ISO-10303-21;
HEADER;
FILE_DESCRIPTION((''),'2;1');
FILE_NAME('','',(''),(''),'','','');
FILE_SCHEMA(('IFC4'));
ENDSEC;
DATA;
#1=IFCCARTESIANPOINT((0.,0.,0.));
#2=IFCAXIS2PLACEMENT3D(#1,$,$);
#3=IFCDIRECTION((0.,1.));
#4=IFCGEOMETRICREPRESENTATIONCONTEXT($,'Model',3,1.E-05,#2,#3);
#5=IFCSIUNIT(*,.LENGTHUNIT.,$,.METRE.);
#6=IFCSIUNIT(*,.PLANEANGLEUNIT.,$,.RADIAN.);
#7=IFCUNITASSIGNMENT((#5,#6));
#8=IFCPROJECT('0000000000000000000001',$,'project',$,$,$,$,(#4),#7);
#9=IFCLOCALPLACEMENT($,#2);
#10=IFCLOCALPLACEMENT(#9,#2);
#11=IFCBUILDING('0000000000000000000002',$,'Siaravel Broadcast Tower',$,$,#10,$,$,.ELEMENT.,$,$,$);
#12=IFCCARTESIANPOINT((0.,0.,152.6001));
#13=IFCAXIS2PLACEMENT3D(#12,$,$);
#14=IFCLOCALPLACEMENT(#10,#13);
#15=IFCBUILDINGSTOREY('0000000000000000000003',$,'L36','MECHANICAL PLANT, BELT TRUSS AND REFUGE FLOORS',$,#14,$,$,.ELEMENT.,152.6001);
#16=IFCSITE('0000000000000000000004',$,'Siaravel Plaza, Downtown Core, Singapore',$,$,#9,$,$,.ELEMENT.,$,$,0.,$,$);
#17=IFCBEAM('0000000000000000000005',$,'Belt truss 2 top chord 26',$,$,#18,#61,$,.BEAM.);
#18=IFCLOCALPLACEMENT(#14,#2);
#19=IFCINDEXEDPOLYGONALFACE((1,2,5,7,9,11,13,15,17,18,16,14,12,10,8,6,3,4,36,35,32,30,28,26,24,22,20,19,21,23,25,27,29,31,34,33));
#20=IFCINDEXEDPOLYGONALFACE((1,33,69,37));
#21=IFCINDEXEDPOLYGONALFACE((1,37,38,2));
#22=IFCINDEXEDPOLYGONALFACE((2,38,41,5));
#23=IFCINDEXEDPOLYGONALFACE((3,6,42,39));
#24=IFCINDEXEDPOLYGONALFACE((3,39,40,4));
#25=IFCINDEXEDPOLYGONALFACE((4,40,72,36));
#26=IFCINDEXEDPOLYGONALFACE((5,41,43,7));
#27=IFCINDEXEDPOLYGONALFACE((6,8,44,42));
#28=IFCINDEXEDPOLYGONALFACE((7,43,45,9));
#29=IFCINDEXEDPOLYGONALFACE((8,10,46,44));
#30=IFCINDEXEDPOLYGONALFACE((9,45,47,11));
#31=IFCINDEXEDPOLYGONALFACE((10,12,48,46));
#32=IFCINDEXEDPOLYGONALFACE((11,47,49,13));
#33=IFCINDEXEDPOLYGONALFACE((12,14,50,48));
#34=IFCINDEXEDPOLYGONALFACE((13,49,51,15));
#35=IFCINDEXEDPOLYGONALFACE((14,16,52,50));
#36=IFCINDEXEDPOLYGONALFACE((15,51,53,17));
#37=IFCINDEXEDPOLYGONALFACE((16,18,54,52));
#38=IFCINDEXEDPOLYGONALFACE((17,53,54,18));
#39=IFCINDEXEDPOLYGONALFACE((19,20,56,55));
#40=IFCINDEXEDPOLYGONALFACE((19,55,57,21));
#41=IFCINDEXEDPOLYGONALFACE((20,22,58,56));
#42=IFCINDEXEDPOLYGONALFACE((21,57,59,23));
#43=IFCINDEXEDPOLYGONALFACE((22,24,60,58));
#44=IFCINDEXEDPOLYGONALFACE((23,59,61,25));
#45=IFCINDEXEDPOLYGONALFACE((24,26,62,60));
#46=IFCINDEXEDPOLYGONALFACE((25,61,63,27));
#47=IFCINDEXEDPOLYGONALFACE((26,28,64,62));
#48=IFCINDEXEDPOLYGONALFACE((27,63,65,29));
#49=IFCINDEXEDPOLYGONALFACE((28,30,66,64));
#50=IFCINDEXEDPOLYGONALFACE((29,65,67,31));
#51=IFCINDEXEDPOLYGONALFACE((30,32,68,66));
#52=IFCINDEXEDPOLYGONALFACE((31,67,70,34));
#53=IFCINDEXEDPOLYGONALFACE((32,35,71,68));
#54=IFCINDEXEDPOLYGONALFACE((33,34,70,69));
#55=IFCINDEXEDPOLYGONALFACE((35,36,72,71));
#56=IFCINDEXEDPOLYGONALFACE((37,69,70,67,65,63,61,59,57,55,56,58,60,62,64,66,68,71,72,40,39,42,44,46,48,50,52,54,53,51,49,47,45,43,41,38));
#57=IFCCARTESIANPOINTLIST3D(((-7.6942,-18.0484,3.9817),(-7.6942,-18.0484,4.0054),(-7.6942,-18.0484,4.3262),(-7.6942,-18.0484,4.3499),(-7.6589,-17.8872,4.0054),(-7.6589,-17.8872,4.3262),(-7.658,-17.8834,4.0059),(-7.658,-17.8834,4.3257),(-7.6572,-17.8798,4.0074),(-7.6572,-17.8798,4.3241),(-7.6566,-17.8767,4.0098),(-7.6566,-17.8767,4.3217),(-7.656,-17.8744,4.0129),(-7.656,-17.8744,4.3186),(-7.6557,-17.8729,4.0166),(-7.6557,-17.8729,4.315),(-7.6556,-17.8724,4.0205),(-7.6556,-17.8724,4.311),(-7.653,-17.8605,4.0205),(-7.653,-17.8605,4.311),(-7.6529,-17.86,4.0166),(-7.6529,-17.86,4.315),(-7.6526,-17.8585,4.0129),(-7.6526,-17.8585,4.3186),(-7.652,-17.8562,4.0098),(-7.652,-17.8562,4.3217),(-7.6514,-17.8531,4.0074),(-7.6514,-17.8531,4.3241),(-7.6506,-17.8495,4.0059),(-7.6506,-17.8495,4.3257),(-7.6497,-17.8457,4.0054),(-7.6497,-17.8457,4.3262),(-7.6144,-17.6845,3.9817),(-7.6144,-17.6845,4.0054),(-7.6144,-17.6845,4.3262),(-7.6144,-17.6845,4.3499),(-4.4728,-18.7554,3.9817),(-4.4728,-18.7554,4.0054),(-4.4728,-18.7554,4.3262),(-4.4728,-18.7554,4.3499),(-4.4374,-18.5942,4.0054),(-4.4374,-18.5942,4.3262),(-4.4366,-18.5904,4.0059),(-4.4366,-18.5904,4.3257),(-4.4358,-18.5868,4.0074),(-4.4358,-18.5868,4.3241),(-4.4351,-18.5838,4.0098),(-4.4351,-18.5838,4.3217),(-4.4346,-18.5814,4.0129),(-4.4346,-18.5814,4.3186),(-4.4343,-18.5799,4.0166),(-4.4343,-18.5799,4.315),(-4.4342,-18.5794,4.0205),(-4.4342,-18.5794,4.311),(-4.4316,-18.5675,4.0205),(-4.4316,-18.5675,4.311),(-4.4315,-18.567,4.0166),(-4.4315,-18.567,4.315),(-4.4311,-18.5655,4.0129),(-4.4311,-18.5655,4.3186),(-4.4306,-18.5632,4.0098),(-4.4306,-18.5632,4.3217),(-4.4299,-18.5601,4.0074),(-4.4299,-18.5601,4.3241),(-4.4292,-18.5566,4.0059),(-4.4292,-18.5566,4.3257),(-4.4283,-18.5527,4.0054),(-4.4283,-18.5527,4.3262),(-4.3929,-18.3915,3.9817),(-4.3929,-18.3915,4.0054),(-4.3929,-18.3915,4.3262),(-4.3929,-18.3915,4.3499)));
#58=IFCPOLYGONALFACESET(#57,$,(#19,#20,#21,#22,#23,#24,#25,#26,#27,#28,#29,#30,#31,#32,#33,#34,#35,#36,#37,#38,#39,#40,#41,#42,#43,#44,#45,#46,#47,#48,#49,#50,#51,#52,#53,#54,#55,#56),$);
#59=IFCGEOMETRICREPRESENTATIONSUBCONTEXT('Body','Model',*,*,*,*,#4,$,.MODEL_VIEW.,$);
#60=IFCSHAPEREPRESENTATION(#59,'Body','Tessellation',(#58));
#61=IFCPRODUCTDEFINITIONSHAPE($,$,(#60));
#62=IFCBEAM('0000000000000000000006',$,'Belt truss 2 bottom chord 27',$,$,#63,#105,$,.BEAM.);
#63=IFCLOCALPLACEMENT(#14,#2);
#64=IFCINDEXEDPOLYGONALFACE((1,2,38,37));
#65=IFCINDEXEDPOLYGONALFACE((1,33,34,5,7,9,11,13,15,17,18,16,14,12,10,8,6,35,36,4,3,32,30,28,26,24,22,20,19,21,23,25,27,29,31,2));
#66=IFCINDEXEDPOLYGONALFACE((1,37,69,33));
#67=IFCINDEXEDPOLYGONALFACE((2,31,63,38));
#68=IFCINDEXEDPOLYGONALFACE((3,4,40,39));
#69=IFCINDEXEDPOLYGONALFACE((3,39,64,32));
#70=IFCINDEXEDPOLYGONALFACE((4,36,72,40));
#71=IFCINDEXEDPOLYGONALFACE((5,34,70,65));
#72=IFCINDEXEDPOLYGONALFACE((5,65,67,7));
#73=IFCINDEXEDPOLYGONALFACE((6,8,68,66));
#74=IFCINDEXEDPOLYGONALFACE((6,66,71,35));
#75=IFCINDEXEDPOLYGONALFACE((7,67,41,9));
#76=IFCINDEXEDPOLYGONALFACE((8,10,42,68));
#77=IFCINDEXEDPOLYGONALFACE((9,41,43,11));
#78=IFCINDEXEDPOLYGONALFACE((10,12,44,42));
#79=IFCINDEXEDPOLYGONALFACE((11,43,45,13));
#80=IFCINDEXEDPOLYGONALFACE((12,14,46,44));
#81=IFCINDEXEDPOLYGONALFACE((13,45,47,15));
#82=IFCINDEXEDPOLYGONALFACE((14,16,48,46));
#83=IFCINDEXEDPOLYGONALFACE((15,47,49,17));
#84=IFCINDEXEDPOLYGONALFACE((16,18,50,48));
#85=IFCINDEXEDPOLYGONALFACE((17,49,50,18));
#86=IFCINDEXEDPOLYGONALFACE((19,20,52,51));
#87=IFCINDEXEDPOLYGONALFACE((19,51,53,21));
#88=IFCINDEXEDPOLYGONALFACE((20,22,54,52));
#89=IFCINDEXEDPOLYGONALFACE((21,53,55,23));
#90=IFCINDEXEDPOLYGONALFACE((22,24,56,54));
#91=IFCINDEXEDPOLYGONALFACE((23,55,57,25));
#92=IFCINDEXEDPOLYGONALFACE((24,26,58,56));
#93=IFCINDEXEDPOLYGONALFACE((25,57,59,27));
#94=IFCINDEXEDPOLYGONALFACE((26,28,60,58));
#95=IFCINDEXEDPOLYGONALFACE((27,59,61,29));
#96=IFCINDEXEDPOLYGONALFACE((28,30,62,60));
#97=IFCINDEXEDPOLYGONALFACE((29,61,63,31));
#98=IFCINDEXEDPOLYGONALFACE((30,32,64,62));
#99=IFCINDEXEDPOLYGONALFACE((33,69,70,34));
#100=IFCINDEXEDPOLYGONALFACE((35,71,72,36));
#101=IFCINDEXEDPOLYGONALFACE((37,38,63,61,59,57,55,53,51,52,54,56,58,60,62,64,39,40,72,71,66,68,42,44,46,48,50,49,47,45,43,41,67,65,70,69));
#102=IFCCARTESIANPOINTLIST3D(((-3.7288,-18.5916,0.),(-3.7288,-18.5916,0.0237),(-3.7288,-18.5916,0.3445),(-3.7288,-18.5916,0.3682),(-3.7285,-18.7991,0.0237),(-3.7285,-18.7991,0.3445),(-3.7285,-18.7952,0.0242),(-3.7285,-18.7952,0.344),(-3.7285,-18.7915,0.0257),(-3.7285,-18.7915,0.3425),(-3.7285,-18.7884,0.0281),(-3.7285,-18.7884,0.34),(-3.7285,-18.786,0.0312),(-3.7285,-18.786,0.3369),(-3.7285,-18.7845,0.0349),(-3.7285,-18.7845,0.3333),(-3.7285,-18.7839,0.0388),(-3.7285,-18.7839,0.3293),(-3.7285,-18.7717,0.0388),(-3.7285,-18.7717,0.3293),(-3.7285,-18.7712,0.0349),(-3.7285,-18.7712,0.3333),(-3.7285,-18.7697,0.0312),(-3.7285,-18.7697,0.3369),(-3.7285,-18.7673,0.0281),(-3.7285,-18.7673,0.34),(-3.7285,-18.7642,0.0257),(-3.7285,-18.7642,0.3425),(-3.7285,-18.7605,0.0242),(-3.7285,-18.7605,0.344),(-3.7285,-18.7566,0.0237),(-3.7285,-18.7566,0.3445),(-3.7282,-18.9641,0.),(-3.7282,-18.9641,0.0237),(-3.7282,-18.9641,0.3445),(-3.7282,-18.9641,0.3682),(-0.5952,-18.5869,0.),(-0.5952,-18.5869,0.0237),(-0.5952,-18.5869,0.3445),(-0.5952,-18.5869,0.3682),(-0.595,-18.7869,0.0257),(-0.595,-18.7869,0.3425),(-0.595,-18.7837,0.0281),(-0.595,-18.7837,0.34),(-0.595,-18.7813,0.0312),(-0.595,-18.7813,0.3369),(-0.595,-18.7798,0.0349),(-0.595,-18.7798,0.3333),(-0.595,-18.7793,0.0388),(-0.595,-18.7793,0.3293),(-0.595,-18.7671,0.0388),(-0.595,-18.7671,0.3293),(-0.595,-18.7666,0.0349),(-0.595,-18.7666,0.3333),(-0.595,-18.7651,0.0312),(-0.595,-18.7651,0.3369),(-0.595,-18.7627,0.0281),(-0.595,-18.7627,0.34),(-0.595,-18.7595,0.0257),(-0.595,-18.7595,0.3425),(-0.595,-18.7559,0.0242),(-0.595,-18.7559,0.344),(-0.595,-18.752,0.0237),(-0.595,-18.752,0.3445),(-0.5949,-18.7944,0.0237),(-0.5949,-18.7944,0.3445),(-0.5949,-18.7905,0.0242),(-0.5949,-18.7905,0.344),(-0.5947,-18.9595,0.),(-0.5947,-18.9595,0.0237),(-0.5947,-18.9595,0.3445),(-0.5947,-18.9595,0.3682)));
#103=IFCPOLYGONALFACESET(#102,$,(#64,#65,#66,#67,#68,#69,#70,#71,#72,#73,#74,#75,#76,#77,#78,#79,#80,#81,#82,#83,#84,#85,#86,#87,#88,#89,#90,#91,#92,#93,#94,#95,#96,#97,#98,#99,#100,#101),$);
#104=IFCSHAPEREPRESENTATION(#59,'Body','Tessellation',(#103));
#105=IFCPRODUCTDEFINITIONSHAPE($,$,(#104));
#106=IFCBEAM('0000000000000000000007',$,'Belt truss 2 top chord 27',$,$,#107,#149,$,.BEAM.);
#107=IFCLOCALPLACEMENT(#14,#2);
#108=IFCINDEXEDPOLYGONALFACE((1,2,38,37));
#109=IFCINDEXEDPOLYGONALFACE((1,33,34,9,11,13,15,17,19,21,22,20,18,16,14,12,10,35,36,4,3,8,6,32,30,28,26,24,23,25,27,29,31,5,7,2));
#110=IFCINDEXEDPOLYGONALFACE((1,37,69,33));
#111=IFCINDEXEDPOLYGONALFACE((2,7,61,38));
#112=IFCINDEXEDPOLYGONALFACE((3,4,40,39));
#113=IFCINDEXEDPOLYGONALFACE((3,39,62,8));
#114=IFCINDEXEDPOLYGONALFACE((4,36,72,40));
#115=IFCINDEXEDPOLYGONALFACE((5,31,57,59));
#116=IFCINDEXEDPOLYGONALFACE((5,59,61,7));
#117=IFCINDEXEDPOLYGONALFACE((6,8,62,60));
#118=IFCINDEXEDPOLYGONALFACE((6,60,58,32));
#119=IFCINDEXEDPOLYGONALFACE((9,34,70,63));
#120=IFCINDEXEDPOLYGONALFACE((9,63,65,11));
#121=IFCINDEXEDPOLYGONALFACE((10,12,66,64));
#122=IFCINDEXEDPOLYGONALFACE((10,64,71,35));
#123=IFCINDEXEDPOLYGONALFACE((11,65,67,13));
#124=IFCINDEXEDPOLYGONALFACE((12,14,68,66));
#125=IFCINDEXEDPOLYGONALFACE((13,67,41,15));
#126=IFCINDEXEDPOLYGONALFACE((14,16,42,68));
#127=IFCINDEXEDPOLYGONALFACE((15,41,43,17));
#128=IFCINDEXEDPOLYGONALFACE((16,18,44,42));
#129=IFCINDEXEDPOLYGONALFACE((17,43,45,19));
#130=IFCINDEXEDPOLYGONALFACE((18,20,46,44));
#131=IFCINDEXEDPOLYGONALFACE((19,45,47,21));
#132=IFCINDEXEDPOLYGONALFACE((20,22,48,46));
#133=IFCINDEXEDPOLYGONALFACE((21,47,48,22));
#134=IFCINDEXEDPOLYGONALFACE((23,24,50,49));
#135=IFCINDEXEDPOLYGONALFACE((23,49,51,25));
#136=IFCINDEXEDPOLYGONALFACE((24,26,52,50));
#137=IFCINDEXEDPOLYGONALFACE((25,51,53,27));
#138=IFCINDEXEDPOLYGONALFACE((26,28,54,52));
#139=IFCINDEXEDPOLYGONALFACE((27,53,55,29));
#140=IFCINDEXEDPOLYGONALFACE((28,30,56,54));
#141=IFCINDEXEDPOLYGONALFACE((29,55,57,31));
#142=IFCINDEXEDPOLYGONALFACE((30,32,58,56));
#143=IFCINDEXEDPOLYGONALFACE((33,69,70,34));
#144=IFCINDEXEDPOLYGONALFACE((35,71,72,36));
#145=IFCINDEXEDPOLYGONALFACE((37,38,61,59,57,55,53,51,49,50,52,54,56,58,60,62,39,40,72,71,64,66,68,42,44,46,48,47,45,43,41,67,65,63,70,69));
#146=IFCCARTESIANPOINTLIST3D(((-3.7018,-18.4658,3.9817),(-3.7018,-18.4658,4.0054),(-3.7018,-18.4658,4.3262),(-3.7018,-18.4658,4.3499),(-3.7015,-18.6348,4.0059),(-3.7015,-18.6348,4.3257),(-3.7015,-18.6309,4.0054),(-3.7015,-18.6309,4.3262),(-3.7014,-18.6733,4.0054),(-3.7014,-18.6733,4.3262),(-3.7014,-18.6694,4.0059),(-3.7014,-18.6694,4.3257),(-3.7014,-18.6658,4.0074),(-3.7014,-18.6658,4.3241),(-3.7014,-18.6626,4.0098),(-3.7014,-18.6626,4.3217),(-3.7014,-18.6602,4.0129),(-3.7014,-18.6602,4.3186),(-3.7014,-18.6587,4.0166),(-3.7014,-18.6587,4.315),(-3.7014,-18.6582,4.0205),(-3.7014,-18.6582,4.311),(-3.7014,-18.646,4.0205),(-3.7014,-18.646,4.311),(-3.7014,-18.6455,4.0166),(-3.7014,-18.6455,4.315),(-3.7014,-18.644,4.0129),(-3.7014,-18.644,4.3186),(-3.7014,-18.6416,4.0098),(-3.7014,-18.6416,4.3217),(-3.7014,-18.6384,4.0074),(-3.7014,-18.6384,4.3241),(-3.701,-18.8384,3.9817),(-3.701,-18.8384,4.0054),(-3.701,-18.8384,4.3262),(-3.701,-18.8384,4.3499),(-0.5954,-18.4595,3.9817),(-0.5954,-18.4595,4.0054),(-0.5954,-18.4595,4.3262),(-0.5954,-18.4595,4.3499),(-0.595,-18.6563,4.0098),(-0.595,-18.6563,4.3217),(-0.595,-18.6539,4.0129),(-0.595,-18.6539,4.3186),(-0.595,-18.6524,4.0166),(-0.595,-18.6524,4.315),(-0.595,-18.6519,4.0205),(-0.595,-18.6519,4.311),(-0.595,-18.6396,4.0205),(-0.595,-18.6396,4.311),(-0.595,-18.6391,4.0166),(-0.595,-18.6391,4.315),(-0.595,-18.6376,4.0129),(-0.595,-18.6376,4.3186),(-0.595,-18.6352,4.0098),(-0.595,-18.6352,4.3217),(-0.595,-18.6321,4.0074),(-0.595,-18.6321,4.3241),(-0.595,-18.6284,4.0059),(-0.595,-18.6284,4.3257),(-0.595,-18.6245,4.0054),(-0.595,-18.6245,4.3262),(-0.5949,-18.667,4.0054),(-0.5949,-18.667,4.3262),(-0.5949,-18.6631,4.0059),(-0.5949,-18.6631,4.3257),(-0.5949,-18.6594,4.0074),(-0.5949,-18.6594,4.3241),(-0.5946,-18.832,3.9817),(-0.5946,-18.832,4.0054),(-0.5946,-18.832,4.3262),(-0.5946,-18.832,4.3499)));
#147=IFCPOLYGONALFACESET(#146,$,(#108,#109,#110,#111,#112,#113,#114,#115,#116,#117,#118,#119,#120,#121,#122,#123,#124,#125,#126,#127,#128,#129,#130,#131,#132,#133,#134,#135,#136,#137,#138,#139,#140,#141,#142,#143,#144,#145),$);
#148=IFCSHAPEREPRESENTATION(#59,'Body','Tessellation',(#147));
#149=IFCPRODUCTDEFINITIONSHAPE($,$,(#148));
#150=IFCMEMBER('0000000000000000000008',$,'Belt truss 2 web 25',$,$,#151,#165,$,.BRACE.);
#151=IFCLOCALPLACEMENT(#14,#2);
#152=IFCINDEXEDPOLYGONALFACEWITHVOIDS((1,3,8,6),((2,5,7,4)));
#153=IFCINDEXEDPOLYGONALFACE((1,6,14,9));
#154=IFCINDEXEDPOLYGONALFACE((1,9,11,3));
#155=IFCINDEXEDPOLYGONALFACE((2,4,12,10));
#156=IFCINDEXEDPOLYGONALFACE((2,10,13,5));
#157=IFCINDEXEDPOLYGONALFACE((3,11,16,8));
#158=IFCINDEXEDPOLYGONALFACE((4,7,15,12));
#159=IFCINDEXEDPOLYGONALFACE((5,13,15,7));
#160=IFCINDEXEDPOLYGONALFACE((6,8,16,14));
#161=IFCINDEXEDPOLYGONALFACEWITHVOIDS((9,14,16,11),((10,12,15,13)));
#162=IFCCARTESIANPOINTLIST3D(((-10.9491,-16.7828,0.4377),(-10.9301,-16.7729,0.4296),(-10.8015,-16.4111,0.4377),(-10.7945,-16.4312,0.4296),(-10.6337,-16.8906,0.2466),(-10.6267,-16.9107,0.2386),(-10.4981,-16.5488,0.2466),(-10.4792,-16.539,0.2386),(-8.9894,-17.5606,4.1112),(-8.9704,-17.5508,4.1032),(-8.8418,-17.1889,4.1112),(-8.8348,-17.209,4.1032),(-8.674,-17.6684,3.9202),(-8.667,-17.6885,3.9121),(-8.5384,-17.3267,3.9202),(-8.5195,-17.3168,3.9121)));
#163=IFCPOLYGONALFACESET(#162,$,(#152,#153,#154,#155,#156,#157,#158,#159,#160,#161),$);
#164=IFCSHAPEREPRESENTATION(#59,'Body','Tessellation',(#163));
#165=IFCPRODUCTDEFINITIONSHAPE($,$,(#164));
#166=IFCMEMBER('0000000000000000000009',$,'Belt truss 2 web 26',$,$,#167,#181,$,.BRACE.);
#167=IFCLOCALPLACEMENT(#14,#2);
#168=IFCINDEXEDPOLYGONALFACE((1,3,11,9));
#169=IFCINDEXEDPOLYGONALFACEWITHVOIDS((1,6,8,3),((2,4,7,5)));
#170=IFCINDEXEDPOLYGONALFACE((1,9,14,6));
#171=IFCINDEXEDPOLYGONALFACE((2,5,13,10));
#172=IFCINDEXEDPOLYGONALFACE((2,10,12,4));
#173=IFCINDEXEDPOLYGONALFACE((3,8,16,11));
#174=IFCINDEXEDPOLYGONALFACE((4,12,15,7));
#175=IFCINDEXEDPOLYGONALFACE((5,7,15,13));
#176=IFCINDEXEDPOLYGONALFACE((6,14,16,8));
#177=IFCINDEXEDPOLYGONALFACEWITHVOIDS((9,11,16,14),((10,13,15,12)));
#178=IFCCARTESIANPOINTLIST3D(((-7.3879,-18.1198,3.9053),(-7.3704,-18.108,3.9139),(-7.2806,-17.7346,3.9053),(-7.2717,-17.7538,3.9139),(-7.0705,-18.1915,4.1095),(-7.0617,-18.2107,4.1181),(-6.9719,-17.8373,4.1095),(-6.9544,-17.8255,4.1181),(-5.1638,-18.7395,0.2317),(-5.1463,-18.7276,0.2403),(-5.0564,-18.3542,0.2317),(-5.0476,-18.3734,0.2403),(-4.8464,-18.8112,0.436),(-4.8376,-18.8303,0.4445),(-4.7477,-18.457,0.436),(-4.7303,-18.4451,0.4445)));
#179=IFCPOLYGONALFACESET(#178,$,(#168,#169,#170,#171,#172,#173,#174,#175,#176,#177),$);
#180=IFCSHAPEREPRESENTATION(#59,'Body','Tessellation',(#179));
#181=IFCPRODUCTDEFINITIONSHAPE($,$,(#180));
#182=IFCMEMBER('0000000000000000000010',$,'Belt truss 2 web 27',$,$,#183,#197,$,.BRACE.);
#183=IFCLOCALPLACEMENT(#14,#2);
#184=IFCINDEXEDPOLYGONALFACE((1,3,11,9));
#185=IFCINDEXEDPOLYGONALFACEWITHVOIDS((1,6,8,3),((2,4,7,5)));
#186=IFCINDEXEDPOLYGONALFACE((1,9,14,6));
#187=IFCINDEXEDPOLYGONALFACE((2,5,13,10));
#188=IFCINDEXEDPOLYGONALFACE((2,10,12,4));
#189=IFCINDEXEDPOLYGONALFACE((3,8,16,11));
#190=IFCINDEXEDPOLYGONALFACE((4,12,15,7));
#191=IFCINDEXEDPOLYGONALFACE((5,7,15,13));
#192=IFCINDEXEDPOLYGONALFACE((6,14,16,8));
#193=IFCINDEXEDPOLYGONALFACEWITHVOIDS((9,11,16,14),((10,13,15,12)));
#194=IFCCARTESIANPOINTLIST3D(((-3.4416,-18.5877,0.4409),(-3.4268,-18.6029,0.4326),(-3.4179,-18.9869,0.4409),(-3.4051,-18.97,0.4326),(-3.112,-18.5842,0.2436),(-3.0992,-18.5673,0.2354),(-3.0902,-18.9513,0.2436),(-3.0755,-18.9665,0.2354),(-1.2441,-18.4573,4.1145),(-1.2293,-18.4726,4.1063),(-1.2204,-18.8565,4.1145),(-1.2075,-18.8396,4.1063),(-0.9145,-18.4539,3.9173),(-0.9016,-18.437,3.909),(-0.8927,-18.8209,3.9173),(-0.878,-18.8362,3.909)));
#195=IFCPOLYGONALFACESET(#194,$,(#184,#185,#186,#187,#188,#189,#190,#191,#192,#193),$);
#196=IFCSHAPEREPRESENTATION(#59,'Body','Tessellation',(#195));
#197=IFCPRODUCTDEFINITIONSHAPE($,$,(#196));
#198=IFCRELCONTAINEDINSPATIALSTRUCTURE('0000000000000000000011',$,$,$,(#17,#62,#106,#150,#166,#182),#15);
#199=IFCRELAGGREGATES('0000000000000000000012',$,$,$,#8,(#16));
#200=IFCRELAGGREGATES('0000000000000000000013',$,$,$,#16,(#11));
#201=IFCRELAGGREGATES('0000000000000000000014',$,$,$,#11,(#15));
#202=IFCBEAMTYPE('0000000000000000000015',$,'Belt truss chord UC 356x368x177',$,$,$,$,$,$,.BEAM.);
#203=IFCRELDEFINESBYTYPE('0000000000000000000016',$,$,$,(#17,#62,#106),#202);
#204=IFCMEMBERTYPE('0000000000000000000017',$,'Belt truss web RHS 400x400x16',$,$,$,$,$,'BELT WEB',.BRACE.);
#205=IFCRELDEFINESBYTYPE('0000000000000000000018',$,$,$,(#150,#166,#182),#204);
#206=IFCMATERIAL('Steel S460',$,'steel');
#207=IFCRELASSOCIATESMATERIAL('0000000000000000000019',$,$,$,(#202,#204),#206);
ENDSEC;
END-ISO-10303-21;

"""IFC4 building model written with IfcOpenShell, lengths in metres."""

from ifc_helpers import new_model, si_unit, direction, frame, origin, origin_2d, place, context, subcontext, project, spatial, hollow_rectangle, i_section, extrude, material, material_profile, profile_set, type_object, element, save


model = new_model("IFC4")

# Units and contexts
model_context = context("Model", 3, precision=1e-05, world=origin(), true_north=direction((0.0, 1.0)))
body_context = subcontext(model_context, "Body", "Model", "MODEL_VIEW")
ifc_project = project(units=[si_unit("LENGTHUNIT", "METRE"), si_unit("PLANEANGLEUNIT", "RADIAN")], contexts=[model_context])

# Site, building, storey
site_placement = place(None, origin())
site = spatial("IfcSite", under=ifc_project, at=site_placement, Name="Siaravel Plaza, Downtown Core, Singapore", CompositionType="ELEMENT", RefElevation=0.0)
building_placement = place(site_placement, origin())
building = spatial("IfcBuilding", under=site, at=building_placement, Name="Siaravel Broadcast Tower", CompositionType="ELEMENT")
storey_placement = place(building_placement, frame((0.0, 0.0, 152.6001)))
storey = spatial("IfcBuildingStorey", under=building, at=storey_placement, Name="L36", Description="MECHANICAL PLANT, BELT TRUSS AND REFUGE FLOORS", CompositionType="ELEMENT", Elevation=152.6001)

# Beams
ifc_material_1 = material(Name="Steel S460", Category="steel")
ifc_material_profile_1 = material_profile(ifc_material_1, i_section(OverallWidth=0.3726, OverallDepth=0.3682, WebThickness=0.0122, FlangeThickness=0.0237, FilletRadius=0.0151, at=origin_2d()))
ifc_profile_set_1 = profile_set([ifc_material_profile_1], Name="Steel S460")
beam_type_1 = type_object("IfcBeamType", Name="Belt truss chord UC 356x368x177", PredefinedType="BEAM", material=ifc_profile_set_1)
beam_1_placement = place(storey_placement, frame((-7.6543, -17.8665, 4.1658), z_axis=(0.976752, -0.214375, 0.0), x_axis=(0.214375, 0.976752, 0.0)))
element("IfcBeam", 1, at=beam_1_placement, inside=storey, type_object=beam_type_1, Name="Belt truss 2 top chord 26", PredefinedType="BEAM", context=body_context, shape_type="SweptSolid", body=[
    extrude(i_section(OverallWidth=0.3726, OverallDepth=0.3682, WebThickness=0.0122, FlangeThickness=0.0237, FilletRadius=0.0151, at=origin_2d()), origin(), (0.0, 0.0, 1.0), 3.2981),
])
beam_2_placement = place(storey_placement, frame((-3.7285, -18.7778, 0.1841), z_axis=(0.999999, 0.00148, 0.0), x_axis=(-0.00148, 0.999999, 0.0)))
element("IfcBeam", 2, at=beam_2_placement, inside=storey, type_object=beam_type_1, Name="Belt truss 2 bottom chord 27", PredefinedType="BEAM", context=body_context, shape_type="SweptSolid", body=[
    extrude(i_section(OverallWidth=0.3726, OverallDepth=0.3682, WebThickness=0.0122, FlangeThickness=0.0237, FilletRadius=0.0151, at=origin_2d()), origin(), (0.0, 0.0, 1.0), 3.1335),
])
beam_3_placement = place(storey_placement, frame((-3.7014, -18.6521, 4.1658), z_axis=(0.999998, 0.002043, 0.0), x_axis=(-0.002043, 0.999998, 0.0)))
element("IfcBeam", 3, at=beam_3_placement, inside=storey, type_object=beam_type_1, Name="Belt truss 2 top chord 27", PredefinedType="BEAM", context=body_context, shape_type="SweptSolid", body=[
    extrude(i_section(OverallWidth=0.3726, OverallDepth=0.3682, WebThickness=0.0122, FlangeThickness=0.0237, FilletRadius=0.0151, at=origin_2d()), origin(), (0.0, 0.0, 1.0), 3.1064),
])

# Members
ifc_material_profile_2 = material_profile(ifc_material_1, hollow_rectangle(XDim=0.3999, YDim=0.3999, WallThickness=0.0161, at=origin_2d()))
ifc_profile_set_2 = profile_set([ifc_material_profile_2], Name="Steel S460")
member_type_1 = type_object("IfcMemberType", Name="Belt truss web RHS 400x400x16", ElementType="BELT WEB", PredefinedType="BRACE", material=ifc_profile_set_2)
member_1_placement = place(storey_placement, frame((-10.7141, -16.6609, 0.3381), z_axis=(0.462672, -0.183639, 0.867301), x_axis=(0.368914, 0.929464, 0.0)))
element("IfcMember", 4, at=member_1_placement, inside=storey, type_object=member_type_1, Name="Belt truss 2 web 25", PredefinedType="BRACE", context=body_context, shape_type="SweptSolid", body=[
    extrude(hollow_rectangle(XDim=0.3999, YDim=0.3999, WallThickness=0.0161, at=origin_2d()), origin(), (0.0, 0.0, 1.0), 4.2356),
])
member_2_placement = place(storey_placement, frame((-4.947, -18.5923, 0.3381), z_axis=(-0.512603, 0.142809, 0.846667), x_axis=(-0.268375, -0.963315, 0.0)))
element("IfcMember", 5, at=member_2_placement, inside=storey, type_object=member_type_1, Name="Belt truss 2 web 26", PredefinedType="BRACE", context=body_context, shape_type="SweptSolid", body=[
    extrude(hollow_rectangle(XDim=0.3999, YDim=0.3999, WallThickness=0.0161, at=origin_2d()), origin(), (0.0, 0.0, 1.0), 4.3389),
])
member_3_placement = place(storey_placement, frame((-3.2585, -18.7771, 0.3381), z_axis=(0.513117, 0.030442, 0.857779), x_axis=(-0.059223, 0.998245, 0.0)))
element("IfcMember", 6, at=member_3_placement, inside=storey, type_object=member_type_1, Name="Belt truss 2 web 27", PredefinedType="BRACE", context=body_context, shape_type="SweptSolid", body=[
    extrude(hollow_rectangle(XDim=0.3999, YDim=0.3999, WallThickness=0.0161, at=origin_2d()), origin(), (0.0, 0.0, 1.0), 4.2827),
])

save(model, "model.ifc")
